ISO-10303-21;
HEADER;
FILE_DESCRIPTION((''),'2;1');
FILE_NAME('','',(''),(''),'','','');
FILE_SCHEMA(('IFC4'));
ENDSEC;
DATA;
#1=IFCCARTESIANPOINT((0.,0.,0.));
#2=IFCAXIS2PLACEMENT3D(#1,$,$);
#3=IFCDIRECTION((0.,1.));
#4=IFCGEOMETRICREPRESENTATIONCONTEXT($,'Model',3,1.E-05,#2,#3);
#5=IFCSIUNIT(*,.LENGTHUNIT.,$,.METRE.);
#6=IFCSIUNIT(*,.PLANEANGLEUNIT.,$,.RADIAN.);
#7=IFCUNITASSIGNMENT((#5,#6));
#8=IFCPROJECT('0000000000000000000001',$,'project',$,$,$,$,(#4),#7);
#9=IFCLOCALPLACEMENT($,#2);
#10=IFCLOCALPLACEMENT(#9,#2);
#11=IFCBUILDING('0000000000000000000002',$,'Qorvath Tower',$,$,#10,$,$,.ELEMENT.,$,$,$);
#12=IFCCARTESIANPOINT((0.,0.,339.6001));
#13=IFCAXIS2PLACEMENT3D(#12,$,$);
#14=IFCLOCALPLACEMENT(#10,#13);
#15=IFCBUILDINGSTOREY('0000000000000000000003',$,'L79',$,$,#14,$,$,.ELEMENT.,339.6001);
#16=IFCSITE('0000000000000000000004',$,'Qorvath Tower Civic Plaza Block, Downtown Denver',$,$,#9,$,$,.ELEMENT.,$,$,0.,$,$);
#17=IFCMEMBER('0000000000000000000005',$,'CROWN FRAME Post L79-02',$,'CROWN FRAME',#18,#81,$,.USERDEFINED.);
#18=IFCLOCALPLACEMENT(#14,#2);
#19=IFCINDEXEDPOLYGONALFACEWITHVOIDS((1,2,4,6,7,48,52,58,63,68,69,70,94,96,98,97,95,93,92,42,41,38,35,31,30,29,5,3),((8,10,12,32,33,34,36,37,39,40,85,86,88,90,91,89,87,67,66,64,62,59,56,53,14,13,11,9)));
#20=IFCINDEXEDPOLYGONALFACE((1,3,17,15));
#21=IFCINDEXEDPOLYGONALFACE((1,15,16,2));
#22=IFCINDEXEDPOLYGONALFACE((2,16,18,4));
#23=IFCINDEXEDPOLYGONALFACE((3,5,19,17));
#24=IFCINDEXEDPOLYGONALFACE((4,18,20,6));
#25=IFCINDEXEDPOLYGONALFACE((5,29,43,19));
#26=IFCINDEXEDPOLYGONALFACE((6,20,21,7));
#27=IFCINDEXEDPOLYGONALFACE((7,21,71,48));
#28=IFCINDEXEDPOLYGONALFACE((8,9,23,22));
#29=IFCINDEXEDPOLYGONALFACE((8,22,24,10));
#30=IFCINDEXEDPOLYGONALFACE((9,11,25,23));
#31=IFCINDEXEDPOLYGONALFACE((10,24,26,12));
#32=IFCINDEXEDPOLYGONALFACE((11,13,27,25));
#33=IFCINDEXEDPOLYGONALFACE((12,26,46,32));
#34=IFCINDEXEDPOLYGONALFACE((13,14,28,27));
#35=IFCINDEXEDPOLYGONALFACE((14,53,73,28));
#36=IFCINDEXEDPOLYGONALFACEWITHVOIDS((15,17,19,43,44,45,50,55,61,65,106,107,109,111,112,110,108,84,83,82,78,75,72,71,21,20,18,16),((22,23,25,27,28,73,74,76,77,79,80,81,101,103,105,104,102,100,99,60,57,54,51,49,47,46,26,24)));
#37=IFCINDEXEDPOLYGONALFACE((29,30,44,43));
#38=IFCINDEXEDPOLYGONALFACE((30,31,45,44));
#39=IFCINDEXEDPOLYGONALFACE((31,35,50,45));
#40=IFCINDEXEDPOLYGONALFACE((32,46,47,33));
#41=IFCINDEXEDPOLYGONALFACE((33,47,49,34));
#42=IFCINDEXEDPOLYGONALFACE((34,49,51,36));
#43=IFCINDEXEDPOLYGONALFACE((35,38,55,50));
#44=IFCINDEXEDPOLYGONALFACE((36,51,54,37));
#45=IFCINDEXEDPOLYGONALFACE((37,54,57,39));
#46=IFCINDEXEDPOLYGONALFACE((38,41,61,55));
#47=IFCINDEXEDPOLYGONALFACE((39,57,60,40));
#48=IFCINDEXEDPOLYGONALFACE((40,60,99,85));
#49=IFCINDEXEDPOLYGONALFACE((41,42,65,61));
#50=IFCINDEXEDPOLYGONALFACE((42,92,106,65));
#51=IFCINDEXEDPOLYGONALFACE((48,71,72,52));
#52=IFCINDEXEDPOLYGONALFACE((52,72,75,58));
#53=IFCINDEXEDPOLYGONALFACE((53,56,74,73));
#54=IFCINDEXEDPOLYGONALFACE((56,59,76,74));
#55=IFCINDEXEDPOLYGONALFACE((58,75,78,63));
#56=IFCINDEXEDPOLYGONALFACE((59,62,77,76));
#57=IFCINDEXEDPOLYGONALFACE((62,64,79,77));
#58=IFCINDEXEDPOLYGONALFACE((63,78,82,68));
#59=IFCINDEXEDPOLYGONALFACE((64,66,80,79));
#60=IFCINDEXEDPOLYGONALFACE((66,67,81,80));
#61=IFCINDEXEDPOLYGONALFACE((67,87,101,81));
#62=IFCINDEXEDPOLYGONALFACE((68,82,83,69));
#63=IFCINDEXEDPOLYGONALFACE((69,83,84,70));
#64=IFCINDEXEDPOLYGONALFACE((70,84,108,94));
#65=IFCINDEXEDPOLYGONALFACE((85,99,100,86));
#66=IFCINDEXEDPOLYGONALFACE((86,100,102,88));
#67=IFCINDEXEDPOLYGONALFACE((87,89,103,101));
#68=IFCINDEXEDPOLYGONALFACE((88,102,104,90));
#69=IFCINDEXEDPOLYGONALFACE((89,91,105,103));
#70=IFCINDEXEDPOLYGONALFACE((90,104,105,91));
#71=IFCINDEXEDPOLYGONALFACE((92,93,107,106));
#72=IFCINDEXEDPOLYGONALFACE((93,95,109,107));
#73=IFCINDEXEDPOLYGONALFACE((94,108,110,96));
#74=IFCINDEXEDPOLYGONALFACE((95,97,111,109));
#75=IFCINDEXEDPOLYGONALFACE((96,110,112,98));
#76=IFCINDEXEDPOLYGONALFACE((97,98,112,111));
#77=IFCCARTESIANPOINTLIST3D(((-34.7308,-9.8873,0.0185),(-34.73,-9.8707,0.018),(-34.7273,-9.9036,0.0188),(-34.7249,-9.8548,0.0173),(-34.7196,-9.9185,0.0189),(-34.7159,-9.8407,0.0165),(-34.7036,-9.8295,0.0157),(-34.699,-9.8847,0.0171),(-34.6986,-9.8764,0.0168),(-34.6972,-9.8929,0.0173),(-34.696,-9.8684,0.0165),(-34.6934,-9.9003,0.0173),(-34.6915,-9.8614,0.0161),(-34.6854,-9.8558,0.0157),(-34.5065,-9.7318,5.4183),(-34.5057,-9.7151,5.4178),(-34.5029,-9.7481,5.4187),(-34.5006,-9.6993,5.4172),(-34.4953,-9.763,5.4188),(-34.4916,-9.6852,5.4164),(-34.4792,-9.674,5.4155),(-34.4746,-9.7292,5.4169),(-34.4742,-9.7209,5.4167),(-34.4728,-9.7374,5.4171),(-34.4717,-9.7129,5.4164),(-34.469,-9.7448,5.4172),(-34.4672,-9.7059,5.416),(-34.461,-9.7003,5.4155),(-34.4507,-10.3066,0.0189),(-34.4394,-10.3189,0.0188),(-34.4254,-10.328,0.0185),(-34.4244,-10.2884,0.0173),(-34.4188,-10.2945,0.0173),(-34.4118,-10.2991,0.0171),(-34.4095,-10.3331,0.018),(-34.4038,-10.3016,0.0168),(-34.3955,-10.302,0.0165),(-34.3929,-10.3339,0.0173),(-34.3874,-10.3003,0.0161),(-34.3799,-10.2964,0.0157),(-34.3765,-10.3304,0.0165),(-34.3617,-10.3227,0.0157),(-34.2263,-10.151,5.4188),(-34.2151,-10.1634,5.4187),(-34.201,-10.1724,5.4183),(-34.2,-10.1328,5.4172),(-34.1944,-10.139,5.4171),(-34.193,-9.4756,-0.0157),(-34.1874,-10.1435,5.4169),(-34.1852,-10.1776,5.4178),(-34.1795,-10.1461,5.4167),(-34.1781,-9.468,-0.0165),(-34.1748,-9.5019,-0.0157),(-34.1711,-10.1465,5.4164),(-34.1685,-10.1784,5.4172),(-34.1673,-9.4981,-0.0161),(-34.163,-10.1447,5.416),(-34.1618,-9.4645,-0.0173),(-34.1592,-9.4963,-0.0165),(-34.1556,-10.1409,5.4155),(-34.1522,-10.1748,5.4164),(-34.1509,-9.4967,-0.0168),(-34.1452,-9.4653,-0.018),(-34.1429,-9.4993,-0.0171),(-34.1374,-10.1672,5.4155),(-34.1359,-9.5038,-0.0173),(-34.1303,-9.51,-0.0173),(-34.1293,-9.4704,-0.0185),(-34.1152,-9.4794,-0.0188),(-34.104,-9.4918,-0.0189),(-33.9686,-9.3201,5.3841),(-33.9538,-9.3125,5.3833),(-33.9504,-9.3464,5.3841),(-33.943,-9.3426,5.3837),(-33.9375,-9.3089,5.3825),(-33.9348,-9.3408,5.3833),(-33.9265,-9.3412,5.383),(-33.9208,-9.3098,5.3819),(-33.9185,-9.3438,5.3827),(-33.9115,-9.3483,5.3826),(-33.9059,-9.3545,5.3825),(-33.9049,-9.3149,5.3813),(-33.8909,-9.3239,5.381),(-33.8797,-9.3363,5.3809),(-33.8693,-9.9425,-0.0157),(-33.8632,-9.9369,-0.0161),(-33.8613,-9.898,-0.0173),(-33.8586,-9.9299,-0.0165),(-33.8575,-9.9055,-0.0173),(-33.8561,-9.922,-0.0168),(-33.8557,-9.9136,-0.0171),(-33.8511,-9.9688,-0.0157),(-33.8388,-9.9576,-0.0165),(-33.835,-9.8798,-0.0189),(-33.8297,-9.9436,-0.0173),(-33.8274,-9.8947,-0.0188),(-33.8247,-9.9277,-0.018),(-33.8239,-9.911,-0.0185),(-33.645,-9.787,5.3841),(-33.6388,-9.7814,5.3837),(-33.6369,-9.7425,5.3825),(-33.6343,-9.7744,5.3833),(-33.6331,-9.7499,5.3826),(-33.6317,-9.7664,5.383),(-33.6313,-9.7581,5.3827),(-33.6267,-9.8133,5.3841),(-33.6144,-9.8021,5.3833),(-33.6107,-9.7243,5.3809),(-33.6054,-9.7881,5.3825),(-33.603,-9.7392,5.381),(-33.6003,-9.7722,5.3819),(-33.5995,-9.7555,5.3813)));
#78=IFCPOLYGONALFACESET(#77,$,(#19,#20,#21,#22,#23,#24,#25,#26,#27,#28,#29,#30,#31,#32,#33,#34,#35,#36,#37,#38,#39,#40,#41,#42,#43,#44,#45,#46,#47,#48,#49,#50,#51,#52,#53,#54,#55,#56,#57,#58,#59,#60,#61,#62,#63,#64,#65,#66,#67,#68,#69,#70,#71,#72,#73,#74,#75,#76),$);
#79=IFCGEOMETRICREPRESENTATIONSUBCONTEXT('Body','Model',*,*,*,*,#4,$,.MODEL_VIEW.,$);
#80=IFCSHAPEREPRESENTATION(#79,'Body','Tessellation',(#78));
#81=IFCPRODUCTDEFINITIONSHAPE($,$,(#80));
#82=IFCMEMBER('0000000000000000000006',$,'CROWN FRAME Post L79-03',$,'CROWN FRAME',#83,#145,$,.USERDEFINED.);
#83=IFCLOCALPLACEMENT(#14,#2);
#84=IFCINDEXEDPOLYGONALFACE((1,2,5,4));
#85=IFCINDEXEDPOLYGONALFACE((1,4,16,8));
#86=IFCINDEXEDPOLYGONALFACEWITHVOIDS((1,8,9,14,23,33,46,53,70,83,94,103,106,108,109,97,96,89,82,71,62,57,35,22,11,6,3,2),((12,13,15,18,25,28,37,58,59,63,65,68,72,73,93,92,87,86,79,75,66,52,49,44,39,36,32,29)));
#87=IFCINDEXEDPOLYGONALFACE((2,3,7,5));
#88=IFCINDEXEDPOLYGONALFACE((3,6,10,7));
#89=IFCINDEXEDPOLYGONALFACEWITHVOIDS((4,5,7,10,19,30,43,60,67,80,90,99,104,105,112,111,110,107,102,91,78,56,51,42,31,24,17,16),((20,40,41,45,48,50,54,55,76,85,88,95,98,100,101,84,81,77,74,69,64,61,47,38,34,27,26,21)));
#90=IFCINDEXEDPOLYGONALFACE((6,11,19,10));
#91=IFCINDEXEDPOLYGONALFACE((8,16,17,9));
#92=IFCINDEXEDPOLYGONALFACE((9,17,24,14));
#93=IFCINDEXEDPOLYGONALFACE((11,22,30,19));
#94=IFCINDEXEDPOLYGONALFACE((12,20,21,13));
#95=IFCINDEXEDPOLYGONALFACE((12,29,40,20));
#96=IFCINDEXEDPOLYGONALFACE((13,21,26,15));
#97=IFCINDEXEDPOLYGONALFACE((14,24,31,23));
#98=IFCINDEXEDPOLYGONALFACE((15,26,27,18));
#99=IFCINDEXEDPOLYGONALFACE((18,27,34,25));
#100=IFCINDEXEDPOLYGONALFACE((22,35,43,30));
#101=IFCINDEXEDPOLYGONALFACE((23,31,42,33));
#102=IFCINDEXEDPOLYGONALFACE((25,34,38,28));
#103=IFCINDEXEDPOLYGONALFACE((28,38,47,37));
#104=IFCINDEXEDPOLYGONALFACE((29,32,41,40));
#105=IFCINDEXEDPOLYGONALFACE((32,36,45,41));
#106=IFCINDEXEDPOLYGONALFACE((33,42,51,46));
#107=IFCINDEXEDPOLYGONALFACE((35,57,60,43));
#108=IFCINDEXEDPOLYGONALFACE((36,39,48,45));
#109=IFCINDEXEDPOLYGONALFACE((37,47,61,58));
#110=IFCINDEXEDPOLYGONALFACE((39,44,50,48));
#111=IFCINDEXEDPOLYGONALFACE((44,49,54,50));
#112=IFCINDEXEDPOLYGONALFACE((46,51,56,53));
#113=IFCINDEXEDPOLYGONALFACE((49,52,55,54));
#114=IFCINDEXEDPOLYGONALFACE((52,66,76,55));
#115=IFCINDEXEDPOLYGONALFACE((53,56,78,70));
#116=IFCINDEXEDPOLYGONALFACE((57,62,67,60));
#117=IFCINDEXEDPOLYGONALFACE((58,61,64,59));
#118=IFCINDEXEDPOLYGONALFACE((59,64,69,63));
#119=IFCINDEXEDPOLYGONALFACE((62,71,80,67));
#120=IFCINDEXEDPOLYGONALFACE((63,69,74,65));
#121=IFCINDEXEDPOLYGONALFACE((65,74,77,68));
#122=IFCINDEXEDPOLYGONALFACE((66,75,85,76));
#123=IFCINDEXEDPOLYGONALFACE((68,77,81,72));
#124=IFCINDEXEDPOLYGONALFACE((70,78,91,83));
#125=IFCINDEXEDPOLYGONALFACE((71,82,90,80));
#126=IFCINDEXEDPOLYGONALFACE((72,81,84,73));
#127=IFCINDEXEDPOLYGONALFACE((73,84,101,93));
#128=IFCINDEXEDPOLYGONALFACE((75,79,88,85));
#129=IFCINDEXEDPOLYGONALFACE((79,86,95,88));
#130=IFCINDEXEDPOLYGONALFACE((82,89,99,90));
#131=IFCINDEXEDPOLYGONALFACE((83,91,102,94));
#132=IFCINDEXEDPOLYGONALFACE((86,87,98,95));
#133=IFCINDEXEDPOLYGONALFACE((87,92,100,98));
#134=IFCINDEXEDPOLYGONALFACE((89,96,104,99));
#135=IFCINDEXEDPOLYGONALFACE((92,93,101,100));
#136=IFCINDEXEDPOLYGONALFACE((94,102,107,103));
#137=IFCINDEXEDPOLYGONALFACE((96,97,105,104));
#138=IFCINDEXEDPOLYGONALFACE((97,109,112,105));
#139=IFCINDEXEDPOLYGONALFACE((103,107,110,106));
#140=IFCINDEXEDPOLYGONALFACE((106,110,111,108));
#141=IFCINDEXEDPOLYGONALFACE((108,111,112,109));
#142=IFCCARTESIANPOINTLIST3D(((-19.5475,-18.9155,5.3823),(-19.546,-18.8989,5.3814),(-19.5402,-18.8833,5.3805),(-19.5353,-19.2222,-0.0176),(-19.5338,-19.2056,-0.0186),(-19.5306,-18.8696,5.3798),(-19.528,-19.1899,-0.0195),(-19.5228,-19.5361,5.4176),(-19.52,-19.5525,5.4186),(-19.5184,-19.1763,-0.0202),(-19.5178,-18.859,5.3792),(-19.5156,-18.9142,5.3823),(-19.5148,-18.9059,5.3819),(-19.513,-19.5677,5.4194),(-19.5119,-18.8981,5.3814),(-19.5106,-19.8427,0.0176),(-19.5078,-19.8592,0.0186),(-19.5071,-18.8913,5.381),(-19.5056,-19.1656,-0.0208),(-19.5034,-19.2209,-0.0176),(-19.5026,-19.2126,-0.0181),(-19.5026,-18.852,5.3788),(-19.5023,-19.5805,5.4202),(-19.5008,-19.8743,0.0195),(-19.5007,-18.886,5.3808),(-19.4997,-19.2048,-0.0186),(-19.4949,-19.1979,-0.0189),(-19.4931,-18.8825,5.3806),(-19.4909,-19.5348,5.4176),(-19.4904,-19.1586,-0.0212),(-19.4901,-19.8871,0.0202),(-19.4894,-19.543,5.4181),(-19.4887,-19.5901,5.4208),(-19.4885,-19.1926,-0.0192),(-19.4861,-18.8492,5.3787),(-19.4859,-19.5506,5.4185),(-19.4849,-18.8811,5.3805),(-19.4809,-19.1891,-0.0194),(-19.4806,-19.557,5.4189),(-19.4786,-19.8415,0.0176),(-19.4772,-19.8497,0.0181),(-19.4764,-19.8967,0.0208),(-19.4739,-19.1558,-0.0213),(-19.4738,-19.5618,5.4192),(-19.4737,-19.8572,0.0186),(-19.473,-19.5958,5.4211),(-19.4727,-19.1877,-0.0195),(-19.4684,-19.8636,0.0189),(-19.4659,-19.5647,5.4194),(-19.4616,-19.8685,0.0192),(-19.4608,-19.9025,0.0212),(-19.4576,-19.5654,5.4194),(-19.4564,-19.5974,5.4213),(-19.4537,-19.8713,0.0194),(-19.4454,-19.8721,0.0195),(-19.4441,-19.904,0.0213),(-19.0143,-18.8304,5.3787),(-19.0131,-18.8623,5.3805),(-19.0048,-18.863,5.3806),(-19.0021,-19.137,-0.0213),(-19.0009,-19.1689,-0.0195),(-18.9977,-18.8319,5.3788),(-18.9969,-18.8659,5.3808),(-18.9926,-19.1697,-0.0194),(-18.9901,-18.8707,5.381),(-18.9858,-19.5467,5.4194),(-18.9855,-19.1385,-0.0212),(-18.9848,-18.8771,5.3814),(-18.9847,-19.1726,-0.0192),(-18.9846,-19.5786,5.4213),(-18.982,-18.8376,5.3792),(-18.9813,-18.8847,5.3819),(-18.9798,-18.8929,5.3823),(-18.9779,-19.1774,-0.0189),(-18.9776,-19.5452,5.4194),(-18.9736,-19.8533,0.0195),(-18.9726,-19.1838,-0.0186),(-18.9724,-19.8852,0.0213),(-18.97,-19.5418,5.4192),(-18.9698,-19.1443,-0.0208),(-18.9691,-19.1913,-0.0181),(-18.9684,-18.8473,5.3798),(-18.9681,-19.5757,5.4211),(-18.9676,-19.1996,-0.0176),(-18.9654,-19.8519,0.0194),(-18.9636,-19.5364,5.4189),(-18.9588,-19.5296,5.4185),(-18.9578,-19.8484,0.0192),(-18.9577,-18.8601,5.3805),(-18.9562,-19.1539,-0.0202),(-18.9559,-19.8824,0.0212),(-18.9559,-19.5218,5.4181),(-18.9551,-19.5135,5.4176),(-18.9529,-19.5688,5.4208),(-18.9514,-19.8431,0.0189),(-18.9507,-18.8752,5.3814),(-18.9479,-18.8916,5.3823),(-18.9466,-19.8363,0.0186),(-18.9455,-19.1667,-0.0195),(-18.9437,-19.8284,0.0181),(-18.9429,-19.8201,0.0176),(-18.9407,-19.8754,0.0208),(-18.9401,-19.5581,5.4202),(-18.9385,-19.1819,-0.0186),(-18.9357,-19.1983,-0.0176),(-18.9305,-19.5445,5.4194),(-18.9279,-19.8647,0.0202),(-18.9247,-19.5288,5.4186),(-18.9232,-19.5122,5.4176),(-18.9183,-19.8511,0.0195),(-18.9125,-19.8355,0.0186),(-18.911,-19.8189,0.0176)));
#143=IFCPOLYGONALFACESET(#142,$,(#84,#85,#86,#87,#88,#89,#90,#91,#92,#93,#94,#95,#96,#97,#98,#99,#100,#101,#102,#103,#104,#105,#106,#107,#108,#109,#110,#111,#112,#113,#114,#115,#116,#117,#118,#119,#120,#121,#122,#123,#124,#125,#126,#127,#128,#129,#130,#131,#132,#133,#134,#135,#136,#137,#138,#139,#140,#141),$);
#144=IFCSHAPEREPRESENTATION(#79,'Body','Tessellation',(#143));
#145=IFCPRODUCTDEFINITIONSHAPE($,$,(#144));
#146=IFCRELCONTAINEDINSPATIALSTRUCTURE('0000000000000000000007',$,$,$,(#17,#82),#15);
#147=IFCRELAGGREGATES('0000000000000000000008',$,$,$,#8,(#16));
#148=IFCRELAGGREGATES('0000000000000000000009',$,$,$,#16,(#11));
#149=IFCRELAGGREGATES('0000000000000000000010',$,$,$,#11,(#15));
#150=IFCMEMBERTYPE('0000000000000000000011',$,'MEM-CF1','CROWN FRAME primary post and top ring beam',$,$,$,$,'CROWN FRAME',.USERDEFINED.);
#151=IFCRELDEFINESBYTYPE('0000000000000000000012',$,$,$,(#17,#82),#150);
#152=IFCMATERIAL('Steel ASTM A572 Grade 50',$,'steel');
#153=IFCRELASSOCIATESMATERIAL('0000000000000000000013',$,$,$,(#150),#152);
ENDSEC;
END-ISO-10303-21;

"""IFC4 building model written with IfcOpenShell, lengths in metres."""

from ifc_helpers import new_model, si_unit, direction, frame, origin, origin_2d, place, context, subcontext, project, spatial, hollow_rectangle, extrude, material, material_profile, profile_set, type_object, element, save


model = new_model("IFC4")

# Units and contexts
model_context = context("Model", 3, precision=1e-05, world=origin(), true_north=direction((0.0, 1.0)))
body_context = subcontext(model_context, "Body", "Model", "MODEL_VIEW")
ifc_project = project(units=[si_unit("LENGTHUNIT", "METRE"), si_unit("PLANEANGLEUNIT", "RADIAN")], contexts=[model_context])

# Site, building, storey
site_placement = place(None, origin())
site = spatial("IfcSite", under=ifc_project, at=site_placement, Name="Qorvath Tower Civic Plaza Block, Downtown Denver", CompositionType="ELEMENT", RefElevation=0.0)
building_placement = place(site_placement, origin())
building = spatial("IfcBuilding", under=site, at=building_placement, Name="Qorvath Tower", CompositionType="ELEMENT")
storey_placement = place(building_placement, frame((0.0, 0.0, 339.6001)))
storey = spatial("IfcBuildingStorey", under=building, at=storey_placement, Name="L79", CompositionType="ELEMENT", Elevation=339.6001)

# Members
ifc_material_1 = material(Name="Steel ASTM A572 Grade 50", Category="steel")
ifc_material_profile_1 = material_profile(ifc_material_1, hollow_rectangle(XDim=0.6001, YDim=0.75, WallThickness=0.032, InnerFilletRadius=0.032, OuterFilletRadius=0.064, at=origin_2d()), Name="CROWN BOX 750x600x32")
ifc_profile_set_1 = profile_set([ifc_material_profile_1], Name="Steel ASTM A572 Grade 50")
member_type_1 = type_object("IfcMemberType", Name="MEM-CF1", Description="CROWN FRAME primary post and top ring beam", ElementType="CROWN FRAME", PredefinedType="USERDEFINED", material=ifc_profile_set_1)
member_1_placement = place(storey_placement, frame((-34.2773, -9.8992, 0.0), z_axis=(0.041497, 0.028763, 0.998725), x_axis=(-0.569675, 0.82187, 0.0)))
element("IfcMember", 1, at=member_1_placement, inside=storey, type_object=member_type_1, Name="CROWN FRAME Post L79-02", ObjectType="CROWN FRAME", PredefinedType="USERDEFINED", context=body_context, shape_type="SweptSolid", body=[
    extrude(hollow_rectangle(XDim=0.6001, YDim=0.75, WallThickness=0.032, InnerFilletRadius=0.032, OuterFilletRadius=0.064, at=origin_2d()), origin(), (0.0, 0.0, 1.0), 5.4067),
])
member_2_placement = place(storey_placement, frame((-19.2231, -19.5205, 0.0), z_axis=(-0.002257, 0.056695, 0.998389), x_axis=(-0.999209, -0.039777, 0.0)))
element("IfcMember", 2, at=member_2_placement, inside=storey, type_object=member_type_1, Name="CROWN FRAME Post L79-03", ObjectType="CROWN FRAME", PredefinedType="USERDEFINED", context=body_context, shape_type="SweptSolid", body=[
    extrude(hollow_rectangle(XDim=0.6001, YDim=0.75, WallThickness=0.032, InnerFilletRadius=0.032, OuterFilletRadius=0.064, at=origin_2d()), origin(), (0.0, 0.0, 1.0), 5.4087),
])

save(model, "model.ifc")
